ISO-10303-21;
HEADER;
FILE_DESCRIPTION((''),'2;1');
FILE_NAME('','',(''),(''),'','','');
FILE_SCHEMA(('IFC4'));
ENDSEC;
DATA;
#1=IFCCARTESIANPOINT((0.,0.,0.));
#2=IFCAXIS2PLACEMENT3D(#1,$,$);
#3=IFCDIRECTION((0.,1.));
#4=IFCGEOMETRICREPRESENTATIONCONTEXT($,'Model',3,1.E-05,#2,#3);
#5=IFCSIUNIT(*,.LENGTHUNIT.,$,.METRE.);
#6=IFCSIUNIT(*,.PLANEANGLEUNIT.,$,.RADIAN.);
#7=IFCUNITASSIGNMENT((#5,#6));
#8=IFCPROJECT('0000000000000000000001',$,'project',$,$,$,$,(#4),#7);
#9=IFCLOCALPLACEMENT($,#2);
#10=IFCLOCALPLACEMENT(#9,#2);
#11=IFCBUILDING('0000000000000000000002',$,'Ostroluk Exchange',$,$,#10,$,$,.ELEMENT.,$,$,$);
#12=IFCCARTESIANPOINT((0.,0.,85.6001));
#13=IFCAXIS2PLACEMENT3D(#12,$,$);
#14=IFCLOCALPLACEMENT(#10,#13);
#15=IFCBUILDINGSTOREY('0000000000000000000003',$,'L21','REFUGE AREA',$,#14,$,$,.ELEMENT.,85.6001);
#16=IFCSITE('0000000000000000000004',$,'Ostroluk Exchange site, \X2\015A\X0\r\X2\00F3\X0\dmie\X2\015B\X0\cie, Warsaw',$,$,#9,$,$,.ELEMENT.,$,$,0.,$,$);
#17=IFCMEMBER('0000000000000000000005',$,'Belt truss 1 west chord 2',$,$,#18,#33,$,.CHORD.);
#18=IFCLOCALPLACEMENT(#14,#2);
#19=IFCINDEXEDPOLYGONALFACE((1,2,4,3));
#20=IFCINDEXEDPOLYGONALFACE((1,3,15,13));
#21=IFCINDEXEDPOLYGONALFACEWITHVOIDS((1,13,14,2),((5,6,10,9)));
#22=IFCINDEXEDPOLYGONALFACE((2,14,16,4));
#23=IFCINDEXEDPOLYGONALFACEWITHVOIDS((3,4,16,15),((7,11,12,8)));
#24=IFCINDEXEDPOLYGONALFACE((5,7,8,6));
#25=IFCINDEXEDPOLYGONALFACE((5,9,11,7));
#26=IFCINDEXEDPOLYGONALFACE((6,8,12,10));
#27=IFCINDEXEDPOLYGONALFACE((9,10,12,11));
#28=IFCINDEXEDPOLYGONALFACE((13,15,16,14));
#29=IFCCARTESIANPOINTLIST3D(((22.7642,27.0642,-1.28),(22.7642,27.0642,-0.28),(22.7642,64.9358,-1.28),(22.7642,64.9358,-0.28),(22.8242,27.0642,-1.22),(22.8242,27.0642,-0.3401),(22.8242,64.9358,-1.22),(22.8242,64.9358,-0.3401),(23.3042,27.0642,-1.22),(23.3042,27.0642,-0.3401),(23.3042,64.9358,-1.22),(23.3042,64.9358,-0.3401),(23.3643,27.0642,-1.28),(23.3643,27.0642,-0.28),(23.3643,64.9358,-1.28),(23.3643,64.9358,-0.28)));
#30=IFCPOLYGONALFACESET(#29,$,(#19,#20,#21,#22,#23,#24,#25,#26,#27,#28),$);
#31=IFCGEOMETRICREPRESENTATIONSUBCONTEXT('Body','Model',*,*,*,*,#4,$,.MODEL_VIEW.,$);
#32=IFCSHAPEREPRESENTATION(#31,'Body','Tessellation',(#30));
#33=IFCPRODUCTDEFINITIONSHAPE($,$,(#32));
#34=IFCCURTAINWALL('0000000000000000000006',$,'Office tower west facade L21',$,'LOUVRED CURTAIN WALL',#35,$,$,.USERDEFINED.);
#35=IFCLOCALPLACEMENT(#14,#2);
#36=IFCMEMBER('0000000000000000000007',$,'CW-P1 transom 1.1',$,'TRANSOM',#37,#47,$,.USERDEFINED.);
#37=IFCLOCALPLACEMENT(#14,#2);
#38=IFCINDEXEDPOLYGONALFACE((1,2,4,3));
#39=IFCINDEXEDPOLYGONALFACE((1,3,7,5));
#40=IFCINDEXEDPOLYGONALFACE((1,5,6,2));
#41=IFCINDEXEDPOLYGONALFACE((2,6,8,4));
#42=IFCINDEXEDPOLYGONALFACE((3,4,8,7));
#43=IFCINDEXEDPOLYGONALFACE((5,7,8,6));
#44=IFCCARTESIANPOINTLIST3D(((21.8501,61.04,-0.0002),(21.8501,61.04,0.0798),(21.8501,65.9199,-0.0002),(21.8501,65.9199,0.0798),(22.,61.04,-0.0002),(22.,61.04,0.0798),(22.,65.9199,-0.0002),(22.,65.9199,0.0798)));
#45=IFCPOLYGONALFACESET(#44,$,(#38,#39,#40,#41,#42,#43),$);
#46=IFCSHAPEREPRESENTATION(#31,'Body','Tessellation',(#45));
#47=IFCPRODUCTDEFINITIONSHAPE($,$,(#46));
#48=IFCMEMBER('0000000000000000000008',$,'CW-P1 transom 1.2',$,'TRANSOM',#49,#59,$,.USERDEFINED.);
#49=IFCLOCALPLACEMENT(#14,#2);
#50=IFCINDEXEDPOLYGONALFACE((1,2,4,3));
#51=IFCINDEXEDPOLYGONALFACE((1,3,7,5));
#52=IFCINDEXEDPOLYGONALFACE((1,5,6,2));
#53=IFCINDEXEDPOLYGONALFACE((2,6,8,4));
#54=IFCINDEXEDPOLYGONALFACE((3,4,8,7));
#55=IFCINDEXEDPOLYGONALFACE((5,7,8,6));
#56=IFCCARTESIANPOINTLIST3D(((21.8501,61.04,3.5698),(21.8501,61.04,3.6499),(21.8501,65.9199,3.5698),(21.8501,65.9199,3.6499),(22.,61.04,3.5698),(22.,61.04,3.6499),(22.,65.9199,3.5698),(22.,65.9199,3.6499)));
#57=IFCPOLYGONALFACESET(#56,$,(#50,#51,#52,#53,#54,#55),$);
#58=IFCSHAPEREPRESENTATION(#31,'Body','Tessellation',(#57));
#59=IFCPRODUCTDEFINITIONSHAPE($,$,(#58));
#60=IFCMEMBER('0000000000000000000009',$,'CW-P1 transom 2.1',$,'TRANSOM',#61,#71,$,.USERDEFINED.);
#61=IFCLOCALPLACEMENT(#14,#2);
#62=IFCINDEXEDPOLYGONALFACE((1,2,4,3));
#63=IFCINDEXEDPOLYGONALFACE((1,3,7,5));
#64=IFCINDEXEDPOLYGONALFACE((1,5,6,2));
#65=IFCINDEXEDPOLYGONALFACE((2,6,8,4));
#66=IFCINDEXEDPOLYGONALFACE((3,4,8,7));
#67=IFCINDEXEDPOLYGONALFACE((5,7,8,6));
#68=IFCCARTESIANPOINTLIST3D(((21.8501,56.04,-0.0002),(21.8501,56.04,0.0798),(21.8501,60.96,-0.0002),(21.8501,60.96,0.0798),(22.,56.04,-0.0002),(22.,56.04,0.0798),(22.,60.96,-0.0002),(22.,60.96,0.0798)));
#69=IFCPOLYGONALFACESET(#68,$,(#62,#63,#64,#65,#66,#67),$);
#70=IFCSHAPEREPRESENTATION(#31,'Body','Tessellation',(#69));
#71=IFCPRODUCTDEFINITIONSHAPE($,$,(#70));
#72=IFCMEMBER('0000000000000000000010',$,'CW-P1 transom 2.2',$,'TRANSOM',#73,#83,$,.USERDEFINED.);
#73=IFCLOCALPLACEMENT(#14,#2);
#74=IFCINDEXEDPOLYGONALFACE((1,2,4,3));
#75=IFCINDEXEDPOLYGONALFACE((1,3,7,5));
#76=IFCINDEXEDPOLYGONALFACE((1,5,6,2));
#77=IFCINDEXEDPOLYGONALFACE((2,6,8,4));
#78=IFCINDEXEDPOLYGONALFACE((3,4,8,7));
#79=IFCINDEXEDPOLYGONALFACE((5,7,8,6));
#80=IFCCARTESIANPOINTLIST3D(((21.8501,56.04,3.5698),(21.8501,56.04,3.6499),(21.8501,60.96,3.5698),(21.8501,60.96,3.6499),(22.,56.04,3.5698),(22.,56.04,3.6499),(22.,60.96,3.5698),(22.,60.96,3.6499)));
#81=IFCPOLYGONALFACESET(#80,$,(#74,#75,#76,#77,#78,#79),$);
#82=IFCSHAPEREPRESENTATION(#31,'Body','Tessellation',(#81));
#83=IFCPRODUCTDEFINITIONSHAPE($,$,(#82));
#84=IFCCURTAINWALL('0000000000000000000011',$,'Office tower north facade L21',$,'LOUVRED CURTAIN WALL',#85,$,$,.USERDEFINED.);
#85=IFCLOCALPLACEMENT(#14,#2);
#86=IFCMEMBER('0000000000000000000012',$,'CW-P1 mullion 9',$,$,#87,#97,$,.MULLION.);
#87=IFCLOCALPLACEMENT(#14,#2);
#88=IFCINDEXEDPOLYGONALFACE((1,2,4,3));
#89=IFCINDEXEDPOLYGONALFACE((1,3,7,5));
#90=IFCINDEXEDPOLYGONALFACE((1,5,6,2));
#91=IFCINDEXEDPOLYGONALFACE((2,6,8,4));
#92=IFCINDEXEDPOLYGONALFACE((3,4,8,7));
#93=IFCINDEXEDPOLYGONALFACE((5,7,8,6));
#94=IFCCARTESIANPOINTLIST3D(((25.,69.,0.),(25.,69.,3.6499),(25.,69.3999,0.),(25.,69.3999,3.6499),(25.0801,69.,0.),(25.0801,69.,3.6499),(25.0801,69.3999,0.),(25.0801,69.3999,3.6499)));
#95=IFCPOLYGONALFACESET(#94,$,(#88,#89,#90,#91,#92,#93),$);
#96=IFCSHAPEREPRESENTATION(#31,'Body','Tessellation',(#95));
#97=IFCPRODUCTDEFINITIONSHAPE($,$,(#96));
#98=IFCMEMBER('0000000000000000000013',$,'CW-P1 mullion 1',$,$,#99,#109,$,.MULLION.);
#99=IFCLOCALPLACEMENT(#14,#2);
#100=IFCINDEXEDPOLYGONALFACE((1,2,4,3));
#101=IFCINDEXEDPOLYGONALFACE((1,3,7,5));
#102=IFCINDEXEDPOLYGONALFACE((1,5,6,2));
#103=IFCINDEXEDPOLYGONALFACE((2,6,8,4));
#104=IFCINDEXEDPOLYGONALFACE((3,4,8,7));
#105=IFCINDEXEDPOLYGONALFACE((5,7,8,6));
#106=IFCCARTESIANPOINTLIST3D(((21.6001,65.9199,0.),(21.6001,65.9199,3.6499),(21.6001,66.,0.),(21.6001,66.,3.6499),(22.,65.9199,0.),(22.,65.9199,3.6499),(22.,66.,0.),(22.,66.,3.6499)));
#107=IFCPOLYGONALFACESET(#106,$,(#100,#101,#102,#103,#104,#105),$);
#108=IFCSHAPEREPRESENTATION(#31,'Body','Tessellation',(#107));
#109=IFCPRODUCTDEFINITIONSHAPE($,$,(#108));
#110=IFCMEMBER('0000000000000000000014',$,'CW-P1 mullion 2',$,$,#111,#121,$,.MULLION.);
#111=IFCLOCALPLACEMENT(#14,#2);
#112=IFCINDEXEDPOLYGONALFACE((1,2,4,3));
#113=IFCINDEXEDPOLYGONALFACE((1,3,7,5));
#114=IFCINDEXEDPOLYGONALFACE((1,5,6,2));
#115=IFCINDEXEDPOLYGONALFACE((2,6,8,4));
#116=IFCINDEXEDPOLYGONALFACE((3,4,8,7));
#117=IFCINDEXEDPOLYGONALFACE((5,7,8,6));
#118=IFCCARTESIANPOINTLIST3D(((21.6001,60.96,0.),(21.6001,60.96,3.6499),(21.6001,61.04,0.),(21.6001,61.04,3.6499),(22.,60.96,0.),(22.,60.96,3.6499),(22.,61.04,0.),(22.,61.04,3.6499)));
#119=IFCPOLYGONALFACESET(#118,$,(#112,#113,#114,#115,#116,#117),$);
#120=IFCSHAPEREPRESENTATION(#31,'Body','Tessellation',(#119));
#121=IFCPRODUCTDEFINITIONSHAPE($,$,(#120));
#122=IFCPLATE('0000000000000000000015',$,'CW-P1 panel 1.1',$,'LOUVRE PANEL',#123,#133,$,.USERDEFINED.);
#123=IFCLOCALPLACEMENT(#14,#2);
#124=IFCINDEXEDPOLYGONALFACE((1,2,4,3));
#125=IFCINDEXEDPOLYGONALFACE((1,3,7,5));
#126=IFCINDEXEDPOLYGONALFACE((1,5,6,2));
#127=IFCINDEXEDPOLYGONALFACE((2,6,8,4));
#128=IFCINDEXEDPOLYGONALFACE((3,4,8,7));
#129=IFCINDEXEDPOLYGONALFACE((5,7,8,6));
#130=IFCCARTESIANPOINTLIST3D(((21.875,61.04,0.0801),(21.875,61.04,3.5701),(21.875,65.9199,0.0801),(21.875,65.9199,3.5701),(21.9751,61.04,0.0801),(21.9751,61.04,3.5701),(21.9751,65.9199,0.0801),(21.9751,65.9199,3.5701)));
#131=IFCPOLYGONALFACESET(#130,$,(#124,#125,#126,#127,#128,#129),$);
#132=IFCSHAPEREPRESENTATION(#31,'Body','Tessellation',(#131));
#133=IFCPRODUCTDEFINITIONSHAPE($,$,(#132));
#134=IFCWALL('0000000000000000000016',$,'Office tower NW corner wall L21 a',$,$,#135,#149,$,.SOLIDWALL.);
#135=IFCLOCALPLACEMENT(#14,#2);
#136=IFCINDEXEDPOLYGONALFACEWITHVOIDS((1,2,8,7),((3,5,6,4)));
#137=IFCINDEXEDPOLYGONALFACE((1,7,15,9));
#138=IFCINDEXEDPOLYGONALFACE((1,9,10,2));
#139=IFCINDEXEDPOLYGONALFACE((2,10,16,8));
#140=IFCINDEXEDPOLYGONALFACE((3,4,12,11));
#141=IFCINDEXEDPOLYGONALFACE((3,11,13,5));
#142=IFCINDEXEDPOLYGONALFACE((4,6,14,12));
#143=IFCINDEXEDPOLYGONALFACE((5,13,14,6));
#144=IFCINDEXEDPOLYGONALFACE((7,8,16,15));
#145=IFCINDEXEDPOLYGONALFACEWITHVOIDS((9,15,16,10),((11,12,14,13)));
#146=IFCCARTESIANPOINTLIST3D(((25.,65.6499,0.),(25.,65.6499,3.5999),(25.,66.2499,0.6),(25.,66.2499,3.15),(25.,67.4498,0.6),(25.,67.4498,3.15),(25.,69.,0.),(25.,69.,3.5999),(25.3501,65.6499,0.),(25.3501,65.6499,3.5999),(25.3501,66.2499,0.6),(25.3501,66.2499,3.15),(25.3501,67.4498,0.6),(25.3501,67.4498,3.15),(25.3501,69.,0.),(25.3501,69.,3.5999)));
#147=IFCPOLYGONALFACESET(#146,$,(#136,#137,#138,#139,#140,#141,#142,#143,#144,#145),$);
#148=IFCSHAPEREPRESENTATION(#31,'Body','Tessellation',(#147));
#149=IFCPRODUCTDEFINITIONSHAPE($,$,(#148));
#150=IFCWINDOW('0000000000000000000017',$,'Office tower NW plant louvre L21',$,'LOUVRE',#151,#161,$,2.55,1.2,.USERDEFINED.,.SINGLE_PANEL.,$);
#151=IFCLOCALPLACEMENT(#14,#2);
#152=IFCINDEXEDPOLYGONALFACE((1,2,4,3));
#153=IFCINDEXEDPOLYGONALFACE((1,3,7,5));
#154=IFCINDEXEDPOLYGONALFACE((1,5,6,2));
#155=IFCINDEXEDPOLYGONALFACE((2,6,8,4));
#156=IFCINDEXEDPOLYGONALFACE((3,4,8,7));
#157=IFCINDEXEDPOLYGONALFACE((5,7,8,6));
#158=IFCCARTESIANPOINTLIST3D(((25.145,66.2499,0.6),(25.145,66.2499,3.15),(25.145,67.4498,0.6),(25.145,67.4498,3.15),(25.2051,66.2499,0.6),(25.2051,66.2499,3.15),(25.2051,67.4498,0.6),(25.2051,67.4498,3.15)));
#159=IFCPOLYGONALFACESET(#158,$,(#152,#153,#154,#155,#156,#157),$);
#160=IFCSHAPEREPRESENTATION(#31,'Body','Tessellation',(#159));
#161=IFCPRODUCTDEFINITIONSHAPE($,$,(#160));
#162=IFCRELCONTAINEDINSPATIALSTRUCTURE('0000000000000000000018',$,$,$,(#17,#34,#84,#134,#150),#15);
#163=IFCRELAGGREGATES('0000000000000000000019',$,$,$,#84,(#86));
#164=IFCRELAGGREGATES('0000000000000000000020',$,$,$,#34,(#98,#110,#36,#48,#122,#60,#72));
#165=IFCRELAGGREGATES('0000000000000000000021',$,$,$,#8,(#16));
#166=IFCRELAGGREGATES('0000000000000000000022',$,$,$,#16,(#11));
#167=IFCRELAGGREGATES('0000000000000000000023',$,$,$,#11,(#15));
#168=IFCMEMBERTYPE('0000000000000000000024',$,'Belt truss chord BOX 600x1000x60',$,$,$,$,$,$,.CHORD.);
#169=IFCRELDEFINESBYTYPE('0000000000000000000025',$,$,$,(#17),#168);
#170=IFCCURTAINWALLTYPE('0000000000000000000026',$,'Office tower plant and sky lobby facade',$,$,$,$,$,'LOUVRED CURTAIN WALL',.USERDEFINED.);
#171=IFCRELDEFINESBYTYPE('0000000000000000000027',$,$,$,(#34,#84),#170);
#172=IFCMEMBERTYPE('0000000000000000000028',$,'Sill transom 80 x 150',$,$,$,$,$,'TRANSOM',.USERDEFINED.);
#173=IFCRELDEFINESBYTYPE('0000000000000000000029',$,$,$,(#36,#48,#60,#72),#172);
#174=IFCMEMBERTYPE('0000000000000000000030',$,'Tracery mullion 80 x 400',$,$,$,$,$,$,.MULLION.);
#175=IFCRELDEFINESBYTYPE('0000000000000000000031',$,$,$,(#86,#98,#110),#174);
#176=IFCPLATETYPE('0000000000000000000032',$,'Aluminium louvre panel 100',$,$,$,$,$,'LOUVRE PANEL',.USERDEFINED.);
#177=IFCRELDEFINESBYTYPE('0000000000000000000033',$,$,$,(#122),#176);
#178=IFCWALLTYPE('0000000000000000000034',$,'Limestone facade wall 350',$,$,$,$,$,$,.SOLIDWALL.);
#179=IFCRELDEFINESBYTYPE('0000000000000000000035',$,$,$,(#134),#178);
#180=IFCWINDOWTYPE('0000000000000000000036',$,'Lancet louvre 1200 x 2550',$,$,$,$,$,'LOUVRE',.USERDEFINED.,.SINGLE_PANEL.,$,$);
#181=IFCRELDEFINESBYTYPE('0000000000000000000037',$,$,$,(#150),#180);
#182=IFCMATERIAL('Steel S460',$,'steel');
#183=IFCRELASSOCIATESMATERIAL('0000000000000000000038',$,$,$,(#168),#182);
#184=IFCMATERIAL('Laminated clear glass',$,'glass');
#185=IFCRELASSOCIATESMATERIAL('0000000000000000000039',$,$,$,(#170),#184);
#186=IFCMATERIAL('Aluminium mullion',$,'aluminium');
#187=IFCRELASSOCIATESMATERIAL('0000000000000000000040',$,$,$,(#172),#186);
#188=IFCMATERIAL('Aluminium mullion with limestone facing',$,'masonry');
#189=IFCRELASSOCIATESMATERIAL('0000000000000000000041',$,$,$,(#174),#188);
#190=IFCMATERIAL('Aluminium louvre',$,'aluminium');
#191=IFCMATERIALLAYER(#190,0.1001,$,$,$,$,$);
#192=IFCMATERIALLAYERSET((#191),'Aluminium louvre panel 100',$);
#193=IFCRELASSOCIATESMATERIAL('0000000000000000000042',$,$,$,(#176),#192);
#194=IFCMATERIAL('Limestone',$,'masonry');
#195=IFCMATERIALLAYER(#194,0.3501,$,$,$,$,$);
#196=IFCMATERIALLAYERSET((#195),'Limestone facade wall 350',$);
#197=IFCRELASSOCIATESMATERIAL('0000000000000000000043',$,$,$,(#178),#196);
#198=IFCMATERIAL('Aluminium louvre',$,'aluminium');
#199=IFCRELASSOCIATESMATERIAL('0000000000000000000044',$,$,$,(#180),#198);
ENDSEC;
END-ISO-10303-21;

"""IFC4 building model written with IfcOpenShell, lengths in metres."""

from ifc_helpers import new_model, si_unit, direction, frame, frame_2d, origin, origin_2d, place, context, subcontext, project, spatial, rectangle, hollow_rectangle, extrude, material, layer, layer_set, material_profile, profile_set, type_object, element, fill, aggregate, save


model = new_model("IFC4")

# Units and contexts
model_context = context("Model", 3, precision=1e-05, world=origin(), true_north=direction((0.0, 1.0)))
body_context = subcontext(model_context, "Body", "Model", "MODEL_VIEW")
ifc_project = project(units=[si_unit("LENGTHUNIT", "METRE"), si_unit("PLANEANGLEUNIT", "RADIAN")], contexts=[model_context])

# Site, building, storey
site_placement = place(None, origin())
site = spatial("IfcSite", under=ifc_project, at=site_placement, Name="Ostroluk Exchange site, Śródmieście, Warsaw", CompositionType="ELEMENT", RefElevation=0.0)
building_placement = place(site_placement, origin())
building = spatial("IfcBuilding", under=site, at=building_placement, Name="Ostroluk Exchange", CompositionType="ELEMENT")
storey_placement = place(building_placement, frame((0.0, 0.0, 85.6001)))
storey = spatial("IfcBuildingStorey", under=building, at=storey_placement, Name="L21", Description="REFUGE AREA", CompositionType="ELEMENT", Elevation=85.6001)

# Member
ifc_material_1 = material(Name="Steel S460", Category="steel")
ifc_material_profile_1 = material_profile(ifc_material_1, hollow_rectangle(XDim=0.6001, YDim=1.0, WallThickness=0.0601, at=origin_2d()), Name="BOX 600x1000x60")
ifc_profile_set_1 = profile_set([ifc_material_profile_1], Name="Steel S460")
member_type_1 = type_object("IfcMemberType", Name="Belt truss chord BOX 600x1000x60", PredefinedType="CHORD", material=ifc_profile_set_1)
member_1_placement = place(storey_placement, frame((23.0642, 64.9358, -0.78), z_axis=(0.0, -1.0, 0.0), x_axis=(1.0, 0.0, 0.0)))
element("IfcMember", 1, at=member_1_placement, inside=storey, type_object=member_type_1, Name="Belt truss 1 west chord 2", PredefinedType="CHORD", context=body_context, shape_type="SweptSolid", body=[
    extrude(hollow_rectangle(XDim=0.6001, YDim=1.0, WallThickness=0.0601, at=origin_2d()), origin(), (0.0, 0.0, 1.0), 37.8716),
])

# Curtain wall, members
ifc_material_2 = material(Name="Laminated clear glass", Category="glass")
curtain_wall_type = type_object("IfcCurtainWallType", Name="Office tower plant and sky lobby facade", ElementType="LOUVRED CURTAIN WALL", PredefinedType="USERDEFINED", material=ifc_material_2)
curtain_wall_1_placement = place(storey_placement, origin())
curtain_wall_1 = element("IfcCurtainWall", 2, at=curtain_wall_1_placement, inside=storey, type_object=curtain_wall_type, Name="Office tower west facade L21", ObjectType="LOUVRED CURTAIN WALL", PredefinedType="USERDEFINED")
ifc_material_3 = material(Name="Aluminium mullion", Category="aluminium")
ifc_material_profile_2 = material_profile(ifc_material_3, rectangle(XDim=0.1499, YDim=0.0801, at=origin_2d()), Name="Sill transom 80 x 150")
ifc_profile_set_2 = profile_set([ifc_material_profile_2], Name="Aluminium mullion")
member_type_2 = type_object("IfcMemberType", Name="Sill transom 80 x 150", ElementType="TRANSOM", PredefinedType="USERDEFINED", material=ifc_profile_set_2)
member_2_placement = place(storey_placement, frame((21.925, 65.9199, 0.0398), z_axis=(0.0, -1.0, 0.0), x_axis=(1.0, 0.0, 0.0)))
member_2 = element("IfcMember", 3, at=member_2_placement, type_object=member_type_2, Name="CW-P1 transom 1.1", ObjectType="TRANSOM", PredefinedType="USERDEFINED", context=body_context, shape_type="SweptSolid", body=[
    extrude(rectangle(XDim=0.1499, YDim=0.0801, at=origin_2d()), origin(), (0.0, 0.0, 1.0), 4.8799),
])
member_3_placement = place(storey_placement, frame((21.925, 65.9199, 3.6099), z_axis=(0.0, -1.0, 0.0), x_axis=(1.0, 0.0, 0.0)))
member_3 = element("IfcMember", 4, at=member_3_placement, type_object=member_type_2, Name="CW-P1 transom 1.2", ObjectType="TRANSOM", PredefinedType="USERDEFINED", context=body_context, shape_type="SweptSolid", body=[
    extrude(rectangle(XDim=0.1499, YDim=0.0801, at=origin_2d()), origin(), (0.0, 0.0, 1.0), 4.8799),
])
member_4_placement = place(storey_placement, frame((21.925, 60.96, 0.0398), z_axis=(0.0, -1.0, 0.0), x_axis=(1.0, 0.0, 0.0)))
member_4 = element("IfcMember", 5, at=member_4_placement, type_object=member_type_2, Name="CW-P1 transom 2.1", ObjectType="TRANSOM", PredefinedType="USERDEFINED", context=body_context, shape_type="SweptSolid", body=[
    extrude(rectangle(XDim=0.1499, YDim=0.0801, at=origin_2d()), origin(), (0.0, 0.0, 1.0), 4.9199),
])
member_5_placement = place(storey_placement, frame((21.925, 60.96, 3.6099), z_axis=(0.0, -1.0, 0.0), x_axis=(1.0, 0.0, 0.0)))
member_5 = element("IfcMember", 6, at=member_5_placement, type_object=member_type_2, Name="CW-P1 transom 2.2", ObjectType="TRANSOM", PredefinedType="USERDEFINED", context=body_context, shape_type="SweptSolid", body=[
    extrude(rectangle(XDim=0.1499, YDim=0.0801, at=origin_2d()), origin(), (0.0, 0.0, 1.0), 4.9199),
])

# Curtain wall, member
curtain_wall_2_placement = place(storey_placement, origin())
curtain_wall_2 = element("IfcCurtainWall", 7, at=curtain_wall_2_placement, inside=storey, type_object=curtain_wall_type, Name="Office tower north facade L21", ObjectType="LOUVRED CURTAIN WALL", PredefinedType="USERDEFINED")
ifc_material_4 = material(Name="Aluminium mullion with limestone facing", Category="masonry")
ifc_material_profile_3 = material_profile(ifc_material_4, rectangle(XDim=0.3999, YDim=0.0801, at=origin_2d()), Name="Tracery mullion 80 x 400")
ifc_profile_set_3 = profile_set([ifc_material_profile_3], Name="Aluminium mullion with limestone facing")
member_type_3 = type_object("IfcMemberType", Name="Tracery mullion 80 x 400", PredefinedType="MULLION", material=ifc_profile_set_3)
member_6_placement = place(storey_placement, frame((25.04, 69.2, 0.0), z_axis=(0.0, 0.0, 1.0), x_axis=(0.0, -1.0, 0.0)))
member_6 = element("IfcMember", 8, at=member_6_placement, type_object=member_type_3, Name="CW-P1 mullion 9", PredefinedType="MULLION", context=body_context, shape_type="SweptSolid", body=[
    extrude(rectangle(XDim=0.3999, YDim=0.0801, at=origin_2d()), origin(), (0.0, 0.0, 1.0), 3.6499),
])
aggregate(curtain_wall_2, [member_6])

# Members
member_7_placement = place(storey_placement, frame((21.8, 65.96, 0.0), z_axis=(0.0, 0.0, 1.0), x_axis=(1.0, 0.0, 0.0)))
member_7 = element("IfcMember", 9, at=member_7_placement, type_object=member_type_3, Name="CW-P1 mullion 1", PredefinedType="MULLION", context=body_context, shape_type="SweptSolid", body=[
    extrude(rectangle(XDim=0.3999, YDim=0.0801, at=origin_2d()), origin(), (0.0, 0.0, 1.0), 3.6499),
])
member_8_placement = place(storey_placement, frame((21.8, 61.0, 0.0), z_axis=(0.0, 0.0, 1.0), x_axis=(1.0, 0.0, 0.0)))
member_8 = element("IfcMember", 10, at=member_8_placement, type_object=member_type_3, Name="CW-P1 mullion 2", PredefinedType="MULLION", context=body_context, shape_type="SweptSolid", body=[
    extrude(rectangle(XDim=0.3999, YDim=0.0801, at=origin_2d()), origin(), (0.0, 0.0, 1.0), 3.6499),
])

# Plate
ifc_material_5 = material(Name="Aluminium louvre", Category="aluminium")
ifc_layer_1 = layer(ifc_material_5, 0.1001)
ifc_layer_set_1 = layer_set([ifc_layer_1], Name="Aluminium louvre panel 100")
plate_type = type_object("IfcPlateType", Name="Aluminium louvre panel 100", ElementType="LOUVRE PANEL", PredefinedType="USERDEFINED", material=ifc_layer_set_1)
plate_placement = place(storey_placement, frame((21.925, 63.48, 0.0801), z_axis=(0.0, 0.0, 1.0), x_axis=(0.0, -1.0, 0.0)))
plate = element("IfcPlate", 11, at=plate_placement, type_object=plate_type, Name="CW-P1 panel 1.1", ObjectType="LOUVRE PANEL", PredefinedType="USERDEFINED", context=body_context, shape_type="SweptSolid", body=[
    extrude(rectangle(XDim=4.8799, YDim=0.1001, at=origin_2d()), origin(), (0.0, 0.0, 1.0), 3.49),
])
aggregate(curtain_wall_1, [member_7, member_8, member_2, member_3, plate, member_4, member_5])

# Wall, opening, window
ifc_material_6 = material(Name="Limestone", Category="masonry")
ifc_layer_2 = layer(ifc_material_6, 0.3501)
ifc_layer_set_2 = layer_set([ifc_layer_2], Name="Limestone facade wall 350")
wall_type_1 = type_object("IfcWallType", Name="Limestone facade wall 350", PredefinedType="SOLIDWALL", material=ifc_layer_set_2)
wall_1_placement = place(storey_placement, frame((25.175, 69.0, 0.0), z_axis=(0.0, 0.0, 1.0), x_axis=(0.0, -1.0, 0.0)))
wall_1 = element("IfcWall", 12, at=wall_1_placement, inside=storey, type_object=wall_type_1, Name="Office tower NW corner wall L21 a", PredefinedType="SOLIDWALL", context=body_context, shape_type="SweptSolid", body=[
    extrude(rectangle(XDim=3.3501, YDim=0.3501, at=frame_2d((1.675, 0.0))), origin(), (0.0, 0.0, 1.0), 3.5999),
])
opening_1_placement = place(wall_1_placement, frame((1.55, 0.0, 0.6001)))
opening_1 = element("IfcOpeningElement", 13, at=opening_1_placement, cuts=wall_1, PredefinedType="OPENING", context=body_context, shape_type="SweptSolid", body=[
    extrude(rectangle(XDim=1.2, YDim=2.55, at=frame_2d((0.6001, 1.2749))), frame((0.0, 0.1851, 0.0), z_axis=(0.0, -1.0, 0.0), x_axis=(1.0, 0.0, 0.0)), (0.0, 0.0, 1.0), 0.3701),
])
ifc_material_7 = material(Name="Aluminium louvre", Category="aluminium")
window_type = type_object("IfcWindowType", Name="Lancet louvre 1200 x 2550", ElementType="LOUVRE", PartitioningType="SINGLE_PANEL", PredefinedType="USERDEFINED", material=ifc_material_7)
window_1_placement = place(opening_1_placement, origin())
window_1 = element("IfcWindow", 14, at=window_1_placement, inside=storey, type_object=window_type, Name="Office tower NW plant louvre L21", ObjectType="LOUVRE", OverallHeight=2.55, OverallWidth=1.2, PartitioningType="SINGLE_PANEL", PredefinedType="USERDEFINED", context=body_context, shape_type="SweptSolid", body=[
    extrude(rectangle(XDim=1.2, YDim=2.55, at=frame_2d((0.6001, 1.2749))), frame((0.0, 0.03, 0.0), z_axis=(0.0, -1.0, 0.0), x_axis=(1.0, 0.0, 0.0)), (0.0, 0.0, 1.0), 0.0601),
])
fill(opening_1, window_1)

save(model, "model.ifc")
